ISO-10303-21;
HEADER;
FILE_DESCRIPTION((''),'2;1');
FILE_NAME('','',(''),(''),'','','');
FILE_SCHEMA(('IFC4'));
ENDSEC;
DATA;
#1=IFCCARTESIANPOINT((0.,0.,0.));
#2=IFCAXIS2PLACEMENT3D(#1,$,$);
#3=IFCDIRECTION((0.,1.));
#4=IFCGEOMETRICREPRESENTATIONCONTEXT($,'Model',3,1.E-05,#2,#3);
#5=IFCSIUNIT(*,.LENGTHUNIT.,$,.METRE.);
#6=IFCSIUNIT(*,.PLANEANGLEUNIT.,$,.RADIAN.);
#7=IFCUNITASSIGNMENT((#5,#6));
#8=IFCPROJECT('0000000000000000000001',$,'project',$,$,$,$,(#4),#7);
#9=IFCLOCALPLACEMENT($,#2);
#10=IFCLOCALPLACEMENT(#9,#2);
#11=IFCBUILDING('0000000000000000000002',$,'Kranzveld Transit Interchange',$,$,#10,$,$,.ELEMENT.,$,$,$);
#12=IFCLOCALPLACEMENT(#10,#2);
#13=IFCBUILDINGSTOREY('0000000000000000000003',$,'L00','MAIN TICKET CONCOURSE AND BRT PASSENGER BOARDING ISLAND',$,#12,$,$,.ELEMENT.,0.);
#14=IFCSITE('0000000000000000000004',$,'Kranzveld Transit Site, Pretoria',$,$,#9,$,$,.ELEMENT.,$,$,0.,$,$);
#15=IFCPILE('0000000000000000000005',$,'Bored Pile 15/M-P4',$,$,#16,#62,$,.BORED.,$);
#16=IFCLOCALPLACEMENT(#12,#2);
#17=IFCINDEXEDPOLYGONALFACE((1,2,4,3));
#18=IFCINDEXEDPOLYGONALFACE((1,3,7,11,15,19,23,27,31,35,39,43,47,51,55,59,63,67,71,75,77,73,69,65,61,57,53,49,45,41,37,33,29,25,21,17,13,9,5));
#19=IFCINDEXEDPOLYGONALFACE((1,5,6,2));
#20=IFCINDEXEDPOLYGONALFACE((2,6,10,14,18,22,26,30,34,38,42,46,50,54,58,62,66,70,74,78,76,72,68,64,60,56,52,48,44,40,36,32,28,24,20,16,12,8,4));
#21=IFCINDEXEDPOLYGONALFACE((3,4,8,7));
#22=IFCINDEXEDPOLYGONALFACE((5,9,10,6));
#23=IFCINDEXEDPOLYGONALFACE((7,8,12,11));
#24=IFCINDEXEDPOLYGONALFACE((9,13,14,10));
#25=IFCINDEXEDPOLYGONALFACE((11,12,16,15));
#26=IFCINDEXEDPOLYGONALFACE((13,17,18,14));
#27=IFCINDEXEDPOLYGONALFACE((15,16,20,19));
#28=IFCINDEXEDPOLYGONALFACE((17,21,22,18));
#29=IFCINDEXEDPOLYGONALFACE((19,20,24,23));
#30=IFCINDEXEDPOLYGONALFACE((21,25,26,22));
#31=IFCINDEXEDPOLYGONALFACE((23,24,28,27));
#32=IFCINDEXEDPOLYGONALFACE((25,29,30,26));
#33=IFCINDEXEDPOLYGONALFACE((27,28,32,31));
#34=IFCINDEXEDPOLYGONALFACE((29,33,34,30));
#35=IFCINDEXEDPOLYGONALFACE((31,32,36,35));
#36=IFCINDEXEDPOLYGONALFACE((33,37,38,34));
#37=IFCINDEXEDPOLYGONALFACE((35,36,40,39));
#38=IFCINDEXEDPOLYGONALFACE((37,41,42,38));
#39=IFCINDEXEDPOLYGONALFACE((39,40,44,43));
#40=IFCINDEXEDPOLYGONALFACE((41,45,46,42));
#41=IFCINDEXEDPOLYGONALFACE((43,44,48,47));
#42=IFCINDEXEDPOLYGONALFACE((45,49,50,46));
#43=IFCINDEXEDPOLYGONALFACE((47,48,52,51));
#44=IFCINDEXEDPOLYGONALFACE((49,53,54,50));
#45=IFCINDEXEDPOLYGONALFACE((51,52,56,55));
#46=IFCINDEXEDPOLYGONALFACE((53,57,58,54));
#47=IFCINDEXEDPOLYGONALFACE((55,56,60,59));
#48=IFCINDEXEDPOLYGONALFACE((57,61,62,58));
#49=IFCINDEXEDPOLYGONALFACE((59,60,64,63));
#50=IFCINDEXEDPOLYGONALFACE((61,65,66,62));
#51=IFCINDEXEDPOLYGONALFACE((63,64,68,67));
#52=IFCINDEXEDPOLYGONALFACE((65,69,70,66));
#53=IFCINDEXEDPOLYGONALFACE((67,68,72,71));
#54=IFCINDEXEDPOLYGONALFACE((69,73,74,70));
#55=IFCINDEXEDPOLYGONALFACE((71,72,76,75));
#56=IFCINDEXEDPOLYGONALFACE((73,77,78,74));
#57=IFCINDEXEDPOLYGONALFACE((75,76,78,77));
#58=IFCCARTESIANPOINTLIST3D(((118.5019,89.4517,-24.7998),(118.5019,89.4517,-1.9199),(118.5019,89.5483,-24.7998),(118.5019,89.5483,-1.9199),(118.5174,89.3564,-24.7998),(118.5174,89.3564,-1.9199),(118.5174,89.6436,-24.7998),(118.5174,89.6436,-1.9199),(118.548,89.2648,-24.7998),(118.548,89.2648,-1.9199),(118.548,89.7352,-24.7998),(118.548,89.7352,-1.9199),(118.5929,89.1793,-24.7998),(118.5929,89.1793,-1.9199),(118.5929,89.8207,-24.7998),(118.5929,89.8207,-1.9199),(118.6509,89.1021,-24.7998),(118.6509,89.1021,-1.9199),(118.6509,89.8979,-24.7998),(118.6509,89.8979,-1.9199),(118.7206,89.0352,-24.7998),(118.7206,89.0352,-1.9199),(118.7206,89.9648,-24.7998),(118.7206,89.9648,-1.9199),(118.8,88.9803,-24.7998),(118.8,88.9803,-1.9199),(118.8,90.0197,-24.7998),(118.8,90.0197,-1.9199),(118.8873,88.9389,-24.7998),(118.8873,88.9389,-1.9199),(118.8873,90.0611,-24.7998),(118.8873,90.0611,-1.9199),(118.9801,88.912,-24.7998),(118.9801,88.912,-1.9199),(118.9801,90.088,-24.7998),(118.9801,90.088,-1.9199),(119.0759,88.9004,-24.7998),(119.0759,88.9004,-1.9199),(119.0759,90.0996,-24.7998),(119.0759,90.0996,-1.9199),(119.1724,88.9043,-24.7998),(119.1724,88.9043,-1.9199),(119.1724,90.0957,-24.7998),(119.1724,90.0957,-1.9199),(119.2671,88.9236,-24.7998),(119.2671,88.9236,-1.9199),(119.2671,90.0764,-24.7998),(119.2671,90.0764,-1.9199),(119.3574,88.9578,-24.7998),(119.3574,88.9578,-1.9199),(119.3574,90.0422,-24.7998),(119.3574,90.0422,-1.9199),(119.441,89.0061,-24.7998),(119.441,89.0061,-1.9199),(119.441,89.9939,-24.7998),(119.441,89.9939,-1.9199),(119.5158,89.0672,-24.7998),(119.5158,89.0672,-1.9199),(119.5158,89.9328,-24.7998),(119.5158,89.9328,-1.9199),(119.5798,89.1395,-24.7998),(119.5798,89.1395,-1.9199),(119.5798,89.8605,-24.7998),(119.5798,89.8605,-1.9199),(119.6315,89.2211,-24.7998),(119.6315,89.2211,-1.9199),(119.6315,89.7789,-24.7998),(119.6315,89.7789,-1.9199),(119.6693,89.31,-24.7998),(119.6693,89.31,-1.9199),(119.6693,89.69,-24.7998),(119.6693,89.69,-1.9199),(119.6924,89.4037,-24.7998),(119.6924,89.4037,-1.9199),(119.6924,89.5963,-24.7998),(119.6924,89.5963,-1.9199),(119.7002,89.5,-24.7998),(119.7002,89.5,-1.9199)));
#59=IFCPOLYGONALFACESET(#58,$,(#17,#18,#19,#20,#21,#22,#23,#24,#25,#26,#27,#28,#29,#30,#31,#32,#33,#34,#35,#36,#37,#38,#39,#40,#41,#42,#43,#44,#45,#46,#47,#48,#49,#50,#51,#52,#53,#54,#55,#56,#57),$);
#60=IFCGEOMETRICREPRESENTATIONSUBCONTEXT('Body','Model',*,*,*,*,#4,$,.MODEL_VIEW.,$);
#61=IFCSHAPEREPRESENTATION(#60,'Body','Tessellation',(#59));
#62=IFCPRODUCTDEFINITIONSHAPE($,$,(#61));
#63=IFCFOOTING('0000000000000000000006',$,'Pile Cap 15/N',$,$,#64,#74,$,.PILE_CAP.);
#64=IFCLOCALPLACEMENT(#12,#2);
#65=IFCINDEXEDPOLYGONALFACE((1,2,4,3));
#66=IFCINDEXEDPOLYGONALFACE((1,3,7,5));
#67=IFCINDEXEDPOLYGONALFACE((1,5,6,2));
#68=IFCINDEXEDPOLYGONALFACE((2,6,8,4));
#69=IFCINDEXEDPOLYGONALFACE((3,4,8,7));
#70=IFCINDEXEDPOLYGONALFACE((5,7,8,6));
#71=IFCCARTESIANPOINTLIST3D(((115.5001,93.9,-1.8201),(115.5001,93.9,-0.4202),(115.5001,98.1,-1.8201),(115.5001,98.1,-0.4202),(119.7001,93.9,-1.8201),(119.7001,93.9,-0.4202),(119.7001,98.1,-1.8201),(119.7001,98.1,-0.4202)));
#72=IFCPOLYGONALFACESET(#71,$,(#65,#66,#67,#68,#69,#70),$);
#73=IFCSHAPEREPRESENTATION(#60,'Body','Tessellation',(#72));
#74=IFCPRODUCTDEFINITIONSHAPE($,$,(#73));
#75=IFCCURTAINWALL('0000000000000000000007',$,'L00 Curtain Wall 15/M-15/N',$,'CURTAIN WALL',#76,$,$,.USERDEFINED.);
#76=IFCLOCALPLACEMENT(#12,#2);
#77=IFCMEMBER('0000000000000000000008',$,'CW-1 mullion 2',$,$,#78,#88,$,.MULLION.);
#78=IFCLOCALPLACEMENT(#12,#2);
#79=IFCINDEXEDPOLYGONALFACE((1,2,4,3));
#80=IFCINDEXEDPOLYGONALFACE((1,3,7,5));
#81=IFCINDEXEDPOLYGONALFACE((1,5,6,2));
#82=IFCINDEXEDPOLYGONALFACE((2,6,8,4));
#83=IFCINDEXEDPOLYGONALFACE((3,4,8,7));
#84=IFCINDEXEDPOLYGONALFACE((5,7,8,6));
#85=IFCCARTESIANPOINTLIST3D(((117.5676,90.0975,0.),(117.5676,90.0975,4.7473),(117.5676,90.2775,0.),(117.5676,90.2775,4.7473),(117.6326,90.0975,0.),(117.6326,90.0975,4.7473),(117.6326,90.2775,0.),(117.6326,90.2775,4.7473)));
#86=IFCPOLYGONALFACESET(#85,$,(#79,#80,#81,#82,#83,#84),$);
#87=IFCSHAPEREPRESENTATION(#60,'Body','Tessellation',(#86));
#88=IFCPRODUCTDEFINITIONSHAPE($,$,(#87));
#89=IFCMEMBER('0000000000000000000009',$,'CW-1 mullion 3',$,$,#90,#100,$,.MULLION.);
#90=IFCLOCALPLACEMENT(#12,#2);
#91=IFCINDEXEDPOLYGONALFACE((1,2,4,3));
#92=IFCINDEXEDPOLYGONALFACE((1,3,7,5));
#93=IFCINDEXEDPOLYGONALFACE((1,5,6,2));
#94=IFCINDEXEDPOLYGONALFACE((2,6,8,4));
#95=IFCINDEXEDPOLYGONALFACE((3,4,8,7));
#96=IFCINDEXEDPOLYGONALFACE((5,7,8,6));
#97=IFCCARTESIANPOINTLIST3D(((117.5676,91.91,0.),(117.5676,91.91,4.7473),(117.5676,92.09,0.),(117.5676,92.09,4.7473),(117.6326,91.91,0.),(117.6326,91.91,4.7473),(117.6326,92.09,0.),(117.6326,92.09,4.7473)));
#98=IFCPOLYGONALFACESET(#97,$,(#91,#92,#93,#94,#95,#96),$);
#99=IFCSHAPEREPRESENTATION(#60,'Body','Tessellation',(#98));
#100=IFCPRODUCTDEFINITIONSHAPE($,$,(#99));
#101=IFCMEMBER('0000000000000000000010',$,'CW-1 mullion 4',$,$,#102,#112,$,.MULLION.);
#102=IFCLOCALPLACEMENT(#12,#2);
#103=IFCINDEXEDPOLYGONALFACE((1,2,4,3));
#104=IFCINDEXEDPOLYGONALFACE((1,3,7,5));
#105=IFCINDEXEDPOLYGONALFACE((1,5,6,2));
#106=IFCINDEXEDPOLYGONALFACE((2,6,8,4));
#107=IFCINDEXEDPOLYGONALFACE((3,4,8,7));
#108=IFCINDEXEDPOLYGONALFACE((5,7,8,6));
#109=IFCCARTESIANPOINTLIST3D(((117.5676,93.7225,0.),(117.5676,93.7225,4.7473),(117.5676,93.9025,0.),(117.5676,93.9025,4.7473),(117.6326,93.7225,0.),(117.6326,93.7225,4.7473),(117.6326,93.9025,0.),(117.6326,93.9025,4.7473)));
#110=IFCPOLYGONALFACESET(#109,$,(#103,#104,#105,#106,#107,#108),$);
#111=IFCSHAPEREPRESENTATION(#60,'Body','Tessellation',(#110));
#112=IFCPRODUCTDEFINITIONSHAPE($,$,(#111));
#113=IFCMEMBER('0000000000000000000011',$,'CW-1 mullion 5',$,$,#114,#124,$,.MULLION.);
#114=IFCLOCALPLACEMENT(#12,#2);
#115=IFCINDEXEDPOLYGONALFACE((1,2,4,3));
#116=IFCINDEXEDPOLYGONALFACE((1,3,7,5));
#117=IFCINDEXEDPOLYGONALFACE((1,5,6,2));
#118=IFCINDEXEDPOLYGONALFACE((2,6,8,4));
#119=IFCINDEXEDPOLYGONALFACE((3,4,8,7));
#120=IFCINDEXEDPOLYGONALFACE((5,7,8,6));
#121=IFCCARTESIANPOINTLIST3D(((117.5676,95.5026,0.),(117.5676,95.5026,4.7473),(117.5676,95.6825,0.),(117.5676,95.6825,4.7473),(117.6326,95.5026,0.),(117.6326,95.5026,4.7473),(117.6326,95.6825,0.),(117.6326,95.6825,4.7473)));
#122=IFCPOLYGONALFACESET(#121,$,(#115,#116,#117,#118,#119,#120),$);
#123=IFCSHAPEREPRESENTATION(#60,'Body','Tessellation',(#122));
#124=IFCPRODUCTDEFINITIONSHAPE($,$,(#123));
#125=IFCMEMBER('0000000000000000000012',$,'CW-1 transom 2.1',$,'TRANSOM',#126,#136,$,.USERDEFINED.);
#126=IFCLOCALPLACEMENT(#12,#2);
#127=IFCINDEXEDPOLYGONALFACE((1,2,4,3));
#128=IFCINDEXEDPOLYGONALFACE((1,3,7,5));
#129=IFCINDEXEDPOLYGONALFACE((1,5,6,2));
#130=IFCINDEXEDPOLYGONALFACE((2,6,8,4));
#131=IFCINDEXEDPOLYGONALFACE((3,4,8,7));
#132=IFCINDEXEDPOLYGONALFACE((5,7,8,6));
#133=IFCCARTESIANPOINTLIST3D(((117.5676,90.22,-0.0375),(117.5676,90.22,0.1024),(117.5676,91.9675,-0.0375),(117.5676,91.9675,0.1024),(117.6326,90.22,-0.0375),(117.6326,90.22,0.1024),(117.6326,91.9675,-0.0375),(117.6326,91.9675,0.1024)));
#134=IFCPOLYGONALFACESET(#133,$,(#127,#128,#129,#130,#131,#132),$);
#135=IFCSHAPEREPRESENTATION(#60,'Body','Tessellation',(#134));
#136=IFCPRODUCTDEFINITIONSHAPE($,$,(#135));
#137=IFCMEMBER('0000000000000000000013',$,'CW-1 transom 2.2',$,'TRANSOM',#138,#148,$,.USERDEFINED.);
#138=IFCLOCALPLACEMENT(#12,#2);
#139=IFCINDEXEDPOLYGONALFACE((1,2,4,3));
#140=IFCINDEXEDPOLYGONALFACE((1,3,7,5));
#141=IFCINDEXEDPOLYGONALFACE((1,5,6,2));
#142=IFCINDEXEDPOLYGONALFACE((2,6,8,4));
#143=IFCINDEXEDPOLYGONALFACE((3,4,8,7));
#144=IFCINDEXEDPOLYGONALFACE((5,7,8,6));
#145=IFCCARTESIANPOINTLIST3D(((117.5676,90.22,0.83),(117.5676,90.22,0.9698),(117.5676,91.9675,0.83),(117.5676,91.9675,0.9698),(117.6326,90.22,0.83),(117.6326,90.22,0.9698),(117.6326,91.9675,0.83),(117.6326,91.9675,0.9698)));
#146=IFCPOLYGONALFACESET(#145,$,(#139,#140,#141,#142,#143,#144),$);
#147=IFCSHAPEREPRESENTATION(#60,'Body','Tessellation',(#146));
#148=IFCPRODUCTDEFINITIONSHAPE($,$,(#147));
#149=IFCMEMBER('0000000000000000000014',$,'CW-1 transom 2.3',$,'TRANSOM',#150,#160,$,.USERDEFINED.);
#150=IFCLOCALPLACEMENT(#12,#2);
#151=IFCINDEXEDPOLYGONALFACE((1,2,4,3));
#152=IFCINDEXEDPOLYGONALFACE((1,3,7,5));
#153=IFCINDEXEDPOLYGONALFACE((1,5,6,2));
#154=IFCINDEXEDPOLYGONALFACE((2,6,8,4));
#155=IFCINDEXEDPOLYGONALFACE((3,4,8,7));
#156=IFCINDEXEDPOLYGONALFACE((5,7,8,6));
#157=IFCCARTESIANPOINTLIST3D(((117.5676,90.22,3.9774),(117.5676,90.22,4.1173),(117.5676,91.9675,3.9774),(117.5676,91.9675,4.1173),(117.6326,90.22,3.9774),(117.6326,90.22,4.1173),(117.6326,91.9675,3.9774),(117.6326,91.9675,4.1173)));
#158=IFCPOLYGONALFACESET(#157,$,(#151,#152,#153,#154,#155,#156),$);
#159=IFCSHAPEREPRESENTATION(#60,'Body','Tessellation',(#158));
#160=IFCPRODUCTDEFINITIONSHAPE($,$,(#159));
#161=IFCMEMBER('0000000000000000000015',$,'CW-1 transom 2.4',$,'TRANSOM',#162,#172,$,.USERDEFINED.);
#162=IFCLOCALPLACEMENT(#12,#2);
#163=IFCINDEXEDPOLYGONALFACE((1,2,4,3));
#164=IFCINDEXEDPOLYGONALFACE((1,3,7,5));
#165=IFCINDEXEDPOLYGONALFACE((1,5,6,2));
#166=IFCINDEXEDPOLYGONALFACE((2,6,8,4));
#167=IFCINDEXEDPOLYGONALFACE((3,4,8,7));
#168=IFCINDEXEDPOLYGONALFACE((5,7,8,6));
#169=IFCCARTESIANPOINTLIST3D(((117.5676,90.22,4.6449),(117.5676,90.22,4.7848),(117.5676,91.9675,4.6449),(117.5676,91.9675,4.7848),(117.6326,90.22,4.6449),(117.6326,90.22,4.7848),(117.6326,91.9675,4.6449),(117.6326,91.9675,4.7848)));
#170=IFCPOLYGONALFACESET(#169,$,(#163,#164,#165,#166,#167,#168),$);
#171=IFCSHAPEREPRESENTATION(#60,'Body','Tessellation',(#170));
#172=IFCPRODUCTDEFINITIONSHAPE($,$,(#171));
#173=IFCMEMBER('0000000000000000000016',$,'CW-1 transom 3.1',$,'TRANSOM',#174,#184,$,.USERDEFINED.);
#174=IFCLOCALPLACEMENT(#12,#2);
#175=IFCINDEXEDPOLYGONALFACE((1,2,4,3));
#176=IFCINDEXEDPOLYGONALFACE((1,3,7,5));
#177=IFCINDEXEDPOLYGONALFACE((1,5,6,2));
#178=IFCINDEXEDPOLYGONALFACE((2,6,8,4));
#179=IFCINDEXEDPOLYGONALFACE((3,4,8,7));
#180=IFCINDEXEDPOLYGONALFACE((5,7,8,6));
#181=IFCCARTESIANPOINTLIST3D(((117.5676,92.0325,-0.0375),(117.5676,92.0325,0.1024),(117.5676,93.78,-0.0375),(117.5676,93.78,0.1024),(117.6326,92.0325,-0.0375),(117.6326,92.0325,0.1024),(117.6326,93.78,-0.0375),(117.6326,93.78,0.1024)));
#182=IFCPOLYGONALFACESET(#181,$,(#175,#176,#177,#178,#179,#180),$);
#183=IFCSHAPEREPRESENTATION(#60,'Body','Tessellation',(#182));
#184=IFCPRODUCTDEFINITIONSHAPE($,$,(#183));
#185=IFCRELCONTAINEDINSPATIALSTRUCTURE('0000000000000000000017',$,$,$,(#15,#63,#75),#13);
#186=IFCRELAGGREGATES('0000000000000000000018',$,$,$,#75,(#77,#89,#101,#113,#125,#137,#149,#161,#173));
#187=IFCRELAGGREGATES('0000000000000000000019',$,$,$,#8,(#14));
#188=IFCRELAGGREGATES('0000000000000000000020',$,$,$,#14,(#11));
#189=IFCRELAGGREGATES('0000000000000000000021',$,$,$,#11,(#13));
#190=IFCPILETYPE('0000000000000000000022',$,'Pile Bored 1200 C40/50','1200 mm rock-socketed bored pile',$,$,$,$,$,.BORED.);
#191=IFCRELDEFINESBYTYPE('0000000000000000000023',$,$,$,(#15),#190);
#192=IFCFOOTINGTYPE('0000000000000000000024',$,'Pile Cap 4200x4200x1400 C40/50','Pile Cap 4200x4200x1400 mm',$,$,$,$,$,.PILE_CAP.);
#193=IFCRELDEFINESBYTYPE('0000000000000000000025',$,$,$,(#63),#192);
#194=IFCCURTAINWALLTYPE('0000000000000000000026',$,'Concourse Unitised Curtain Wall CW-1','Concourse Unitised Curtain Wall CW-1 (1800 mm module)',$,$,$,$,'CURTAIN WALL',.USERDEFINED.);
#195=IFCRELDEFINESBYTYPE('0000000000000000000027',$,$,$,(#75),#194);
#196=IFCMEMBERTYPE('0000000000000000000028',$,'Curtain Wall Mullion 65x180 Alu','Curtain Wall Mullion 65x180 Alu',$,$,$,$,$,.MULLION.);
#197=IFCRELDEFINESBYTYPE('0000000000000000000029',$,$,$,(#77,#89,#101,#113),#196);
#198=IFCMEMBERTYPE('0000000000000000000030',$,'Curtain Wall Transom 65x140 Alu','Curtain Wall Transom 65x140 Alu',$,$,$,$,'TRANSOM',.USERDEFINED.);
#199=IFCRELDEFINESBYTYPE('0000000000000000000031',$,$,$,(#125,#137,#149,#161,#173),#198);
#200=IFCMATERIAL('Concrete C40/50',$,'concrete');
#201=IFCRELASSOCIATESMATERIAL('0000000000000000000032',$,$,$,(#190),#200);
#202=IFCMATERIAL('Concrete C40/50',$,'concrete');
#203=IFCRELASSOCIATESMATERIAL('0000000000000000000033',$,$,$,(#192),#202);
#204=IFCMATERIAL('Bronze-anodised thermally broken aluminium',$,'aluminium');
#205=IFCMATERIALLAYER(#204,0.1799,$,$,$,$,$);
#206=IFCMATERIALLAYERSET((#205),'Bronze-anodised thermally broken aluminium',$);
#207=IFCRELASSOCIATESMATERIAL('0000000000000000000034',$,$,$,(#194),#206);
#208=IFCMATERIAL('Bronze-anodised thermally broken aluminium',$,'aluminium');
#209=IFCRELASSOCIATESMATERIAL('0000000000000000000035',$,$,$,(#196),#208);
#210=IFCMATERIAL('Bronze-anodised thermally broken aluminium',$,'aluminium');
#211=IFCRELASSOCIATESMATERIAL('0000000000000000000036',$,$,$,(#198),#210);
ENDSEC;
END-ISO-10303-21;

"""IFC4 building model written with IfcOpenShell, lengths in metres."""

from ifc_helpers import new_model, si_unit, direction, frame, origin, origin_2d, place, context, subcontext, project, spatial, rectangle, circle, extrude, material, layer, layer_set, material_profile, profile_set, type_object, element, aggregate, save


model = new_model("IFC4")

# Units and contexts
model_context = context("Model", 3, precision=1e-05, world=origin(), true_north=direction((0.0, 1.0)))
body_context = subcontext(model_context, "Body", "Model", "MODEL_VIEW")
ifc_project = project(units=[si_unit("LENGTHUNIT", "METRE"), si_unit("PLANEANGLEUNIT", "RADIAN")], contexts=[model_context])

# Site, building, storey
site_placement = place(None, origin())
site = spatial("IfcSite", under=ifc_project, at=site_placement, Name="Kranzveld Transit Site, Pretoria", CompositionType="ELEMENT", RefElevation=0.0)
building_placement = place(site_placement, origin())
building = spatial("IfcBuilding", under=site, at=building_placement, Name="Kranzveld Transit Interchange", CompositionType="ELEMENT")
storey_placement = place(building_placement, origin())
storey = spatial("IfcBuildingStorey", under=building, at=storey_placement, Name="L00", Description="MAIN TICKET CONCOURSE AND BRT PASSENGER BOARDING ISLAND", CompositionType="ELEMENT", Elevation=0.0)

# Pile
ifc_material_1 = material(Name="Concrete C40/50", Category="concrete")
ifc_material_profile_1 = material_profile(ifc_material_1, circle(Radius=0.6001, at=origin_2d()), Name="BORED PILE 1200")
ifc_profile_set_1 = profile_set([ifc_material_profile_1], Name="Concrete C40/50")
pile_type_1 = type_object("IfcPileType", Name="Pile Bored 1200 C40/50", Description="1200 mm rock-socketed bored pile", PredefinedType="BORED", material=ifc_profile_set_1)
for number, where, z_axis, x_axis, name in (
    (1, (119.1001, 89.5, -1.9199), (0.0, 0.0, -1.0), (1.0, 0.0, 0.0), "Bored Pile 15/M-P4"),
):
    element("IfcPile", number, at=place(storey_placement, frame(where, z_axis=z_axis, x_axis=x_axis)), inside=storey, type_object=pile_type_1, Name=name, PredefinedType="BORED", context=body_context, shape_type="SweptSolid", body=[
        extrude(circle(Radius=0.6001, at=origin_2d()), origin(), (0.0, 0.0, 1.0), 22.8799),
    ])

# Footing
ifc_material_2 = material(Name="Concrete C40/50", Category="concrete")
footing_type = type_object("IfcFootingType", Name="Pile Cap 4200x4200x1400 C40/50", Description="Pile Cap 4200x4200x1400 mm", PredefinedType="PILE_CAP", material=ifc_material_2)
footing_placement = place(storey_placement, frame((117.6001, 96.0, -1.8201), z_axis=(0.0, 0.0, 1.0), x_axis=(1.0, 0.0, 0.0)))
element("IfcFooting", 2, at=footing_placement, inside=storey, type_object=footing_type, Name="Pile Cap 15/N", PredefinedType="PILE_CAP", context=body_context, shape_type="SweptSolid", body=[
    extrude(rectangle(XDim=4.2, YDim=4.2, at=origin_2d()), origin(), (0.0, 0.0, 1.0), 1.3999),
])

# Curtain wall, members
ifc_material_3 = material(Name="Bronze-anodised thermally broken aluminium", Category="aluminium")
ifc_layer_1 = layer(ifc_material_3, 0.1799)
ifc_layer_set_1 = layer_set([ifc_layer_1], Name="Bronze-anodised thermally broken aluminium")
curtain_wall_type = type_object("IfcCurtainWallType", Name="Concourse Unitised Curtain Wall CW-1", Description="Concourse Unitised Curtain Wall CW-1 (1800 mm module)", ElementType="CURTAIN WALL", PredefinedType="USERDEFINED", material=ifc_layer_set_1)
curtain_wall_placement = place(storey_placement, origin())
curtain_wall = element("IfcCurtainWall", 3, at=curtain_wall_placement, inside=storey, type_object=curtain_wall_type, Name="L00 Curtain Wall 15/M-15/N", ObjectType="CURTAIN WALL", PredefinedType="USERDEFINED")
ifc_material_4 = material(Name="Bronze-anodised thermally broken aluminium", Category="aluminium")
ifc_material_profile_2 = material_profile(ifc_material_4, rectangle(XDim=0.0649, YDim=0.1799, at=origin_2d()), Name="ALU MULLION 65x180")
ifc_profile_set_2 = profile_set([ifc_material_profile_2], Name="Bronze-anodised thermally broken aluminium")
member_type_1 = type_object("IfcMemberType", Name="Curtain Wall Mullion 65x180 Alu", Description="Curtain Wall Mullion 65x180 Alu", PredefinedType="MULLION", material=ifc_profile_set_2)
member_1_placement = place(storey_placement, frame((117.6001, 90.1875, 0.0), z_axis=(0.0, 0.0, 1.0), x_axis=(-1.0, 0.0, 0.0)))
member_1 = element("IfcMember", 4, at=member_1_placement, type_object=member_type_1, Name="CW-1 mullion 2", PredefinedType="MULLION", context=body_context, shape_type="SweptSolid", body=[
    extrude(rectangle(XDim=0.0649, YDim=0.1799, at=origin_2d()), origin(), (0.0, 0.0, 1.0), 4.7473),
])
member_2_placement = place(storey_placement, frame((117.6001, 92.0, 0.0), z_axis=(0.0, 0.0, 1.0), x_axis=(-1.0, 0.0, 0.0)))
member_2 = element("IfcMember", 5, at=member_2_placement, type_object=member_type_1, Name="CW-1 mullion 3", PredefinedType="MULLION", context=body_context, shape_type="SweptSolid", body=[
    extrude(rectangle(XDim=0.0649, YDim=0.1799, at=origin_2d()), origin(), (0.0, 0.0, 1.0), 4.7473),
])
member_3_placement = place(storey_placement, frame((117.6001, 93.8125, 0.0), z_axis=(0.0, 0.0, 1.0), x_axis=(-1.0, 0.0, 0.0)))
member_3 = element("IfcMember", 6, at=member_3_placement, type_object=member_type_1, Name="CW-1 mullion 4", PredefinedType="MULLION", context=body_context, shape_type="SweptSolid", body=[
    extrude(rectangle(XDim=0.0649, YDim=0.1799, at=origin_2d()), origin(), (0.0, 0.0, 1.0), 4.7473),
])
member_4_placement = place(storey_placement, frame((117.6001, 95.5925, 0.0), z_axis=(0.0, 0.0, 1.0), x_axis=(-1.0, 0.0, 0.0)))
member_4 = element("IfcMember", 7, at=member_4_placement, type_object=member_type_1, Name="CW-1 mullion 5", PredefinedType="MULLION", context=body_context, shape_type="SweptSolid", body=[
    extrude(rectangle(XDim=0.0649, YDim=0.1799, at=origin_2d()), origin(), (0.0, 0.0, 1.0), 4.7473),
])
ifc_material_5 = material(Name="Bronze-anodised thermally broken aluminium", Category="aluminium")
ifc_material_profile_3 = material_profile(ifc_material_5, rectangle(XDim=0.0649, YDim=0.1399, at=origin_2d()), Name="ALU TRANSOM 65x140")
ifc_profile_set_3 = profile_set([ifc_material_profile_3], Name="Bronze-anodised thermally broken aluminium")
member_type_2 = type_object("IfcMemberType", Name="Curtain Wall Transom 65x140 Alu", Description="Curtain Wall Transom 65x140 Alu", ElementType="TRANSOM", PredefinedType="USERDEFINED", material=ifc_profile_set_3)
member_5_placement = place(storey_placement, frame((117.6001, 90.22, 0.0325), z_axis=(0.0, 1.0, 0.0), x_axis=(-1.0, 0.0, 0.0)))
member_5 = element("IfcMember", 8, at=member_5_placement, type_object=member_type_2, Name="CW-1 transom 2.1", ObjectType="TRANSOM", PredefinedType="USERDEFINED", context=body_context, shape_type="SweptSolid", body=[
    extrude(rectangle(XDim=0.0649, YDim=0.1399, at=origin_2d()), origin(), (0.0, 0.0, 1.0), 1.7476),
])
member_6_placement = place(storey_placement, frame((117.6001, 90.22, 0.8999), z_axis=(0.0, 1.0, 0.0), x_axis=(-1.0, 0.0, 0.0)))
member_6 = element("IfcMember", 9, at=member_6_placement, type_object=member_type_2, Name="CW-1 transom 2.2", ObjectType="TRANSOM", PredefinedType="USERDEFINED", context=body_context, shape_type="SweptSolid", body=[
    extrude(rectangle(XDim=0.0649, YDim=0.1399, at=origin_2d()), origin(), (0.0, 0.0, 1.0), 1.7476),
])
member_7_placement = place(storey_placement, frame((117.6001, 90.22, 4.0474), z_axis=(0.0, 1.0, 0.0), x_axis=(-1.0, 0.0, 0.0)))
member_7 = element("IfcMember", 10, at=member_7_placement, type_object=member_type_2, Name="CW-1 transom 2.3", ObjectType="TRANSOM", PredefinedType="USERDEFINED", context=body_context, shape_type="SweptSolid", body=[
    extrude(rectangle(XDim=0.0649, YDim=0.1399, at=origin_2d()), origin(), (0.0, 0.0, 1.0), 1.7476),
])
member_8_placement = place(storey_placement, frame((117.6001, 90.22, 4.7148), z_axis=(0.0, 1.0, 0.0), x_axis=(-1.0, 0.0, 0.0)))
member_8 = element("IfcMember", 11, at=member_8_placement, type_object=member_type_2, Name="CW-1 transom 2.4", ObjectType="TRANSOM", PredefinedType="USERDEFINED", context=body_context, shape_type="SweptSolid", body=[
    extrude(rectangle(XDim=0.0649, YDim=0.1399, at=origin_2d()), origin(), (0.0, 0.0, 1.0), 1.7476),
])
member_9_placement = place(storey_placement, frame((117.6001, 92.0325, 0.0325), z_axis=(0.0, 1.0, 0.0), x_axis=(-1.0, 0.0, 0.0)))
member_9 = element("IfcMember", 12, at=member_9_placement, type_object=member_type_2, Name="CW-1 transom 3.1", ObjectType="TRANSOM", PredefinedType="USERDEFINED", context=body_context, shape_type="SweptSolid", body=[
    extrude(rectangle(XDim=0.0649, YDim=0.1399, at=origin_2d()), origin(), (0.0, 0.0, 1.0), 1.7476),
])
aggregate(curtain_wall, [member_1, member_2, member_3, member_4, member_5, member_6, member_7, member_8, member_9])

save(model, "model.ifc")
